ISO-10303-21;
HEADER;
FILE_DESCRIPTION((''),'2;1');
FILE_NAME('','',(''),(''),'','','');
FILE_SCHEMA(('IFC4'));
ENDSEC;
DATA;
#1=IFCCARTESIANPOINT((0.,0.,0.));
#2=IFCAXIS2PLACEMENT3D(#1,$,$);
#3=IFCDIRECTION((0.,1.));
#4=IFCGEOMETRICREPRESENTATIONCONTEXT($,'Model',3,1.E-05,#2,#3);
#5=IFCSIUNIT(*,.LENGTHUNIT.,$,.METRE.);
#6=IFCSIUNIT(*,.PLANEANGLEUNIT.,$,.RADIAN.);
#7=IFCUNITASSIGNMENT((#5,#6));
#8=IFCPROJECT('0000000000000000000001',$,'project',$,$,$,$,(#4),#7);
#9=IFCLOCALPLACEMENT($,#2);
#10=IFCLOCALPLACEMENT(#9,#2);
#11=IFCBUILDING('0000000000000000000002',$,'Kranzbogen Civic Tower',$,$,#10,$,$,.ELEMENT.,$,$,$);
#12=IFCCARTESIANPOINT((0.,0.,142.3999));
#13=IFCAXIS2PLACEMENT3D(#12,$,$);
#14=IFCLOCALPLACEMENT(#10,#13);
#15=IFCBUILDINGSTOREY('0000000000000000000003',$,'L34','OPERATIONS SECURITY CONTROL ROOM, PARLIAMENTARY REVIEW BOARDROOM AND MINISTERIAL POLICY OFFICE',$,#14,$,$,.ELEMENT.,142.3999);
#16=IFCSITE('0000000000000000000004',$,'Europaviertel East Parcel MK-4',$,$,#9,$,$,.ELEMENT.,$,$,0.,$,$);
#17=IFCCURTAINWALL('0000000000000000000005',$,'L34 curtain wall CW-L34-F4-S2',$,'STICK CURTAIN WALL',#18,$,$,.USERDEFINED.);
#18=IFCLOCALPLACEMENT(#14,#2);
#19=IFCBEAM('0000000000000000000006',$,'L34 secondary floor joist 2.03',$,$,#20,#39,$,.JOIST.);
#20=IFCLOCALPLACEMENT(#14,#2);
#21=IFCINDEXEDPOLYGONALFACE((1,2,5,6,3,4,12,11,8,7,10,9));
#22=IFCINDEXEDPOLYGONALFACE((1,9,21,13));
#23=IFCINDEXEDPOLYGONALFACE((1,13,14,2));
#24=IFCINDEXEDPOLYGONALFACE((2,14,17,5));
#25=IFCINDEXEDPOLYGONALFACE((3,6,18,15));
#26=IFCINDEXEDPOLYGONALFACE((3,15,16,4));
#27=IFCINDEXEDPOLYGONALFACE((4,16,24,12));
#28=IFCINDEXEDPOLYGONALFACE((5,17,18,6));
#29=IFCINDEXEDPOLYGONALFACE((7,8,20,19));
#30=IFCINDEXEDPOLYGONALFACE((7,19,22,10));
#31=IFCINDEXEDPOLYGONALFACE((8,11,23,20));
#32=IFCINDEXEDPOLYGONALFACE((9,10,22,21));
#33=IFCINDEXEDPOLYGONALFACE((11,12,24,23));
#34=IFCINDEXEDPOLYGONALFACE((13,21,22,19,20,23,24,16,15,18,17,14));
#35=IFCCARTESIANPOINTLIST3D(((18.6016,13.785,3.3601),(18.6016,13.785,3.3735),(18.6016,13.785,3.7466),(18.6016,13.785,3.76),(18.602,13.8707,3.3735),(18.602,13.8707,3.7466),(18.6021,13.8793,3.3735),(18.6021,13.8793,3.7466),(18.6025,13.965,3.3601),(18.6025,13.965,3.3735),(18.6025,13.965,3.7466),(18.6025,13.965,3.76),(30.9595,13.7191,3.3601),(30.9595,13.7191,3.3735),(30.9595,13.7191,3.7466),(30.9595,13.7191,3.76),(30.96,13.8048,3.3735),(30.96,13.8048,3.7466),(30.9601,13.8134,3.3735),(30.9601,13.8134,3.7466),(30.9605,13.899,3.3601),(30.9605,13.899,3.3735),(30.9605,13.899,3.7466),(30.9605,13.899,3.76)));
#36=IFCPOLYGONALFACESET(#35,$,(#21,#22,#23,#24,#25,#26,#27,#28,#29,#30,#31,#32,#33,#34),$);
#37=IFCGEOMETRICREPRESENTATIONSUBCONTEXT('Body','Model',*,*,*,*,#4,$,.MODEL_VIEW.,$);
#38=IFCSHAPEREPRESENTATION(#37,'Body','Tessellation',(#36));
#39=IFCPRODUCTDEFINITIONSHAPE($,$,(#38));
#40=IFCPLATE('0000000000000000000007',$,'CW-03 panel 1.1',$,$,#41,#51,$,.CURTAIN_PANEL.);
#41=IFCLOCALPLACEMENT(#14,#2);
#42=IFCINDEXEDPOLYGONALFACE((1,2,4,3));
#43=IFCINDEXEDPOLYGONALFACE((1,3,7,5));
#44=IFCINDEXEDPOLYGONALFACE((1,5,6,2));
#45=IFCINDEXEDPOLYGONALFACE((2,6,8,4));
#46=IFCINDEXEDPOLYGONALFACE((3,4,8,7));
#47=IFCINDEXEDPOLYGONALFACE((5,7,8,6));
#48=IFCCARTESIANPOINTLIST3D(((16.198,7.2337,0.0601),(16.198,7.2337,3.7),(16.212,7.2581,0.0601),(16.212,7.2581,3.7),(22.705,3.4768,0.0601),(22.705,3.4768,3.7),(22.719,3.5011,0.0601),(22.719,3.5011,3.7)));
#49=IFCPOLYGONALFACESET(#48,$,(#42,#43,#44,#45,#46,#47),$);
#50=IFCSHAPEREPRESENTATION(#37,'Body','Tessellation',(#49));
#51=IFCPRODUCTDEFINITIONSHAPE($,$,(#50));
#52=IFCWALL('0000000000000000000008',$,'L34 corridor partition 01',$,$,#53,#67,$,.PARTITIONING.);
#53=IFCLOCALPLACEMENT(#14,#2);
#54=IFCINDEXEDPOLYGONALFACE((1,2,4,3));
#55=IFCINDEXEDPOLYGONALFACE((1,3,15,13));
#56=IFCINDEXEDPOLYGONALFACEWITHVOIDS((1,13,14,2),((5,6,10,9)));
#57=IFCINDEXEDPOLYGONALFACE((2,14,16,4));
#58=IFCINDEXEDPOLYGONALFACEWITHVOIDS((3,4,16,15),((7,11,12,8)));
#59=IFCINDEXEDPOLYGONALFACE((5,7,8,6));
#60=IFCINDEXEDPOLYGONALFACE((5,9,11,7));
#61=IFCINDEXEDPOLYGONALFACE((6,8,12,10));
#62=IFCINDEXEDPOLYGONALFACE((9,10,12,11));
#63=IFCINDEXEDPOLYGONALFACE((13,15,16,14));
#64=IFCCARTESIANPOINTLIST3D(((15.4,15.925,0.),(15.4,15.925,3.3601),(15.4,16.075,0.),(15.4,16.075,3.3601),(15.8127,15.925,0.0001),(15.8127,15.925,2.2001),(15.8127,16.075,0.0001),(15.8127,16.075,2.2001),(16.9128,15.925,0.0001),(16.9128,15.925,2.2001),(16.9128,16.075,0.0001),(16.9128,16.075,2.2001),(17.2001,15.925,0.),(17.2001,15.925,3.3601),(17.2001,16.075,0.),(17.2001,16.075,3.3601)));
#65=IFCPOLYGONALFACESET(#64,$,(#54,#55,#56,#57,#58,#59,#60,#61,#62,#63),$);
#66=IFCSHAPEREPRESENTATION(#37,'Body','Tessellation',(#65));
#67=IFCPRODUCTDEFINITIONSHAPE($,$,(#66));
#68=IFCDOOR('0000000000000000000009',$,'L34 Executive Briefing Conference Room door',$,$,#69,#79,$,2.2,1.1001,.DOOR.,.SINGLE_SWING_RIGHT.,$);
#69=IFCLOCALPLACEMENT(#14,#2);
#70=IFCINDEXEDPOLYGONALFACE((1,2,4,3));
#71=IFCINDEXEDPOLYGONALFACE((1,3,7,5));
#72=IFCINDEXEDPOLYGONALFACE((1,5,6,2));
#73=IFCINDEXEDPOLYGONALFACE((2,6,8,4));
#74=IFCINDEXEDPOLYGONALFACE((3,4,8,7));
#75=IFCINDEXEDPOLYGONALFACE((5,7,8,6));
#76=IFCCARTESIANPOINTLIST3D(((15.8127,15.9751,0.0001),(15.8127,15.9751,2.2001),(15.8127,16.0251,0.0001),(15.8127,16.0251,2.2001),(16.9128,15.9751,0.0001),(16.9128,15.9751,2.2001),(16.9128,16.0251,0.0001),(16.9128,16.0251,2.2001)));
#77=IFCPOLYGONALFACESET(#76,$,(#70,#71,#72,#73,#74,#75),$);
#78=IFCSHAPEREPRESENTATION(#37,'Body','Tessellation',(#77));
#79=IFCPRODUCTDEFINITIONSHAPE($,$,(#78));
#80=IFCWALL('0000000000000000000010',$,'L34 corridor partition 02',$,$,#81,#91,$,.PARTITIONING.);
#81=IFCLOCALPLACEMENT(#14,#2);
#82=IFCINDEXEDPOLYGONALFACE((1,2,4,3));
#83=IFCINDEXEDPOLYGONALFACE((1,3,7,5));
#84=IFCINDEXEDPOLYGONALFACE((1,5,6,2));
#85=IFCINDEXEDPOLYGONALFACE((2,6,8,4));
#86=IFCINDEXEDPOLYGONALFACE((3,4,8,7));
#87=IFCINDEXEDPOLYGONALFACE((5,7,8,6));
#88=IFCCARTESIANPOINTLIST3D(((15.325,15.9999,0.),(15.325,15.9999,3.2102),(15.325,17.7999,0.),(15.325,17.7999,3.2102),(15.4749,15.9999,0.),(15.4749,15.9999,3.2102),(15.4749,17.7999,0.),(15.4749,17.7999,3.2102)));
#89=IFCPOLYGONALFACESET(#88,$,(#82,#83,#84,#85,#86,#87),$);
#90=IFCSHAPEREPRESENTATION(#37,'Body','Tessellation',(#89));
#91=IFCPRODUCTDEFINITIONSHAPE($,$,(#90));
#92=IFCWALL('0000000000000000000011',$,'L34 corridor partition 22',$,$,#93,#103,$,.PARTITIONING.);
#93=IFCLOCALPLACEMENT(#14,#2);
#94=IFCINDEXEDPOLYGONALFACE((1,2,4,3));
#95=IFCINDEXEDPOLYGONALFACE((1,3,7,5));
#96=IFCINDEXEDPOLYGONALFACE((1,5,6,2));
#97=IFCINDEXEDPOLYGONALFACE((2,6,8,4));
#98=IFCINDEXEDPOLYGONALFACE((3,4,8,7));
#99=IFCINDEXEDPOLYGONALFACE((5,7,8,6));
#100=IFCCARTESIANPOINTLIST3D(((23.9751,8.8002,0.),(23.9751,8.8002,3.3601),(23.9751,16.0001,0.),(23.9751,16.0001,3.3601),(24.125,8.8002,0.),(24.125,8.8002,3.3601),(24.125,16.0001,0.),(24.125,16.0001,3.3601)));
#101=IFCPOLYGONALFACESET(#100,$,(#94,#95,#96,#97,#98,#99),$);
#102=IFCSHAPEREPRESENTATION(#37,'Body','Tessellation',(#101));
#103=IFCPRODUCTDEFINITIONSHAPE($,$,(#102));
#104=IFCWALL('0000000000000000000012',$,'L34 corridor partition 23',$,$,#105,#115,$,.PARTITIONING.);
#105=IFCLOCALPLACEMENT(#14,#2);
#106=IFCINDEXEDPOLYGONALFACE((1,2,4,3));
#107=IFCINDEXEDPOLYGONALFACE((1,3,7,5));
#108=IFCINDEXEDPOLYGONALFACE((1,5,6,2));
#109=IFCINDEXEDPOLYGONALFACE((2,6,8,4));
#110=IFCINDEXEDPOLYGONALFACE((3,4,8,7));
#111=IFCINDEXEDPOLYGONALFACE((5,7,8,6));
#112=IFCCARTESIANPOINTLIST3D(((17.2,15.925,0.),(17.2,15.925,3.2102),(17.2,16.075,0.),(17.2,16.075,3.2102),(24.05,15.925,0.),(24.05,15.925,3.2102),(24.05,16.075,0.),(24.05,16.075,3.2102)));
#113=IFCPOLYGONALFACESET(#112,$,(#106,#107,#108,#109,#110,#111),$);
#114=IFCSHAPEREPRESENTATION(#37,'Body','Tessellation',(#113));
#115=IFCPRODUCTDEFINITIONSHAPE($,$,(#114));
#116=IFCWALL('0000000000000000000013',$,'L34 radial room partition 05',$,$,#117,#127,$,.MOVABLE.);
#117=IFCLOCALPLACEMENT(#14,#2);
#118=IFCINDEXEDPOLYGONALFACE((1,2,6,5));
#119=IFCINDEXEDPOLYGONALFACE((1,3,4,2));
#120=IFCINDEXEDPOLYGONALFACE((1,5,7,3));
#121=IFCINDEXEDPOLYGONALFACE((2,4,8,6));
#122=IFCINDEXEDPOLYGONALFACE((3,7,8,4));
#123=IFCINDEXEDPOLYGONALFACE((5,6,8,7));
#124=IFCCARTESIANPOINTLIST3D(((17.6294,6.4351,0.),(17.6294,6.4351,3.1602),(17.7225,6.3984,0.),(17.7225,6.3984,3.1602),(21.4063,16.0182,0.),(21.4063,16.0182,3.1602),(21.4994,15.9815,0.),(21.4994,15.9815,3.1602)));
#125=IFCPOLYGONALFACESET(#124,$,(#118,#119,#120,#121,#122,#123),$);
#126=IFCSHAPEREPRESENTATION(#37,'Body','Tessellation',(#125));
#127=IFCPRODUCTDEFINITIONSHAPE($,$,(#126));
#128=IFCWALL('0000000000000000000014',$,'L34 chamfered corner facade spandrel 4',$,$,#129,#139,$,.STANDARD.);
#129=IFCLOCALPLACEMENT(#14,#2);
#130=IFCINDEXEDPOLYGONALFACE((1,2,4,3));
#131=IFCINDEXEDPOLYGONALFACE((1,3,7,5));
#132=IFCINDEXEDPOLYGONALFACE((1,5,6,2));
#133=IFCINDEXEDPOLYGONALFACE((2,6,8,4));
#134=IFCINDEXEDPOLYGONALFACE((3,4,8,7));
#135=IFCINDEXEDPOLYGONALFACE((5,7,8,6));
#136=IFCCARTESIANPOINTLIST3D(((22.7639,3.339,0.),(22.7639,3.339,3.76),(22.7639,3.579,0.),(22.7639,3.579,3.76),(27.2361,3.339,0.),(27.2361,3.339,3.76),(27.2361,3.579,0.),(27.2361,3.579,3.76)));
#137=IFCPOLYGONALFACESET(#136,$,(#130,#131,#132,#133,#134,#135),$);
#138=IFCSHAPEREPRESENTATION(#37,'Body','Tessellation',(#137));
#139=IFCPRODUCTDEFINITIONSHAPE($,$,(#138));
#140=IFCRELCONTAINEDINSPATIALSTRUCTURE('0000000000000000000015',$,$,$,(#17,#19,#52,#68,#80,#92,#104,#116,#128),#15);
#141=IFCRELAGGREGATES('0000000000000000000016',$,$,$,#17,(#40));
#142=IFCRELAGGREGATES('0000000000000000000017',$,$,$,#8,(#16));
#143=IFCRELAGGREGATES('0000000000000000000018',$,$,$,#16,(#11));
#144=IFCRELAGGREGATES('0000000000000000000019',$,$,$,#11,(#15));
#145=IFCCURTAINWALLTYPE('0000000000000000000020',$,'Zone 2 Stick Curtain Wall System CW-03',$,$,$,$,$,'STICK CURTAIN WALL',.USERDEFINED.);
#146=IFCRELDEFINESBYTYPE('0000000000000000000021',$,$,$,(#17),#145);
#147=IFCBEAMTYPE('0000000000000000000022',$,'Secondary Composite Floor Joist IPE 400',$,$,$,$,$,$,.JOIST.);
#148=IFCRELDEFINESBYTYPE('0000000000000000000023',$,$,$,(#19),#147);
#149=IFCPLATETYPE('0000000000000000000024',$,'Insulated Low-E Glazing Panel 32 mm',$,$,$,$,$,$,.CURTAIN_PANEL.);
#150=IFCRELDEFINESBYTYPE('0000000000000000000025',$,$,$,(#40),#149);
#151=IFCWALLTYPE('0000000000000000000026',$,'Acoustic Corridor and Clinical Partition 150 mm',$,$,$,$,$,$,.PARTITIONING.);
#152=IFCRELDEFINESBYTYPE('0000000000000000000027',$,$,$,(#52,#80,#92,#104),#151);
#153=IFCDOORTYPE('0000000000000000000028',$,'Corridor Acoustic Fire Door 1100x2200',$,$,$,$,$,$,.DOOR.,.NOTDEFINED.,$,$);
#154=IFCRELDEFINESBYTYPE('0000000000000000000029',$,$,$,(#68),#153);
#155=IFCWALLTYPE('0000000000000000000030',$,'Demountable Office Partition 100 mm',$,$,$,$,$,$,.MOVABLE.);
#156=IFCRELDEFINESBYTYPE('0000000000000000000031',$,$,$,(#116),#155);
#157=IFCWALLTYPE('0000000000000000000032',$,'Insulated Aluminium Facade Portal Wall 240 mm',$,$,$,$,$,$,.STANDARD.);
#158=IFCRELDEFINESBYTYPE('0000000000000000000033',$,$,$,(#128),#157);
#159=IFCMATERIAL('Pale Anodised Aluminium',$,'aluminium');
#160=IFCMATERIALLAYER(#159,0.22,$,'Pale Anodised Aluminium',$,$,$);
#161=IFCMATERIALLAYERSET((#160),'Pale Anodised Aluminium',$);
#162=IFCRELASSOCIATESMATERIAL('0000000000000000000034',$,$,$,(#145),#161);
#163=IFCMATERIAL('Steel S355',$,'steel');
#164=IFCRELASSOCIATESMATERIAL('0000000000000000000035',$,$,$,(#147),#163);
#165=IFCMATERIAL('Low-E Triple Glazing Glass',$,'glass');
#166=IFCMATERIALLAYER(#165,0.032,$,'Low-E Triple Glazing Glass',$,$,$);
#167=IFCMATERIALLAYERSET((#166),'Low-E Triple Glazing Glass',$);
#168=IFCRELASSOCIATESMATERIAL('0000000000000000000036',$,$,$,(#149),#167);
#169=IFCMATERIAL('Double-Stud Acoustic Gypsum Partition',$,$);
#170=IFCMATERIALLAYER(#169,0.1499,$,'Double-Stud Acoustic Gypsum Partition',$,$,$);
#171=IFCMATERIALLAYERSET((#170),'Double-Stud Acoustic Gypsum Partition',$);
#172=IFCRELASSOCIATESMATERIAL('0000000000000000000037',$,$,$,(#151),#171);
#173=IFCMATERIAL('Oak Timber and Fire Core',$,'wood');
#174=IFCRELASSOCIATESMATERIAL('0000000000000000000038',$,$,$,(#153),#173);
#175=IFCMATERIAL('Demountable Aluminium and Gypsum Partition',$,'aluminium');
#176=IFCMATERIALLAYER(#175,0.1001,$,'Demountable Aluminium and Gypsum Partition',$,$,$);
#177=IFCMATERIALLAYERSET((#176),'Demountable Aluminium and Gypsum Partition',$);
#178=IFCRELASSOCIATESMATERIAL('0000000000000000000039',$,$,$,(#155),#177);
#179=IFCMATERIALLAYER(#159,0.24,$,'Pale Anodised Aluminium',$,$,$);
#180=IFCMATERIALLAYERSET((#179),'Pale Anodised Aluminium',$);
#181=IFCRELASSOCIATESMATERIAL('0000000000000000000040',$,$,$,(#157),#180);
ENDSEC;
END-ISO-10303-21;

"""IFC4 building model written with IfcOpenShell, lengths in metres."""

from ifc_helpers import new_model, si_unit, direction, frame, frame_2d, origin, origin_2d, place, context, subcontext, project, spatial, rectangle, i_section, extrude, material, layer, layer_set, material_profile, profile_set, type_object, element, fill, aggregate, save


model = new_model("IFC4")

# Units and contexts
model_context = context("Model", 3, precision=1e-05, world=origin(), true_north=direction((0.0, 1.0)))
body_context = subcontext(model_context, "Body", "Model", "MODEL_VIEW")
ifc_project = project(units=[si_unit("LENGTHUNIT", "METRE"), si_unit("PLANEANGLEUNIT", "RADIAN")], contexts=[model_context])

# Site, building, storey
site_placement = place(None, origin())
site = spatial("IfcSite", under=ifc_project, at=site_placement, Name="Europaviertel East Parcel MK-4", CompositionType="ELEMENT", RefElevation=0.0)
building_placement = place(site_placement, origin())
building = spatial("IfcBuilding", under=site, at=building_placement, Name="Kranzbogen Civic Tower", CompositionType="ELEMENT")
storey_placement = place(building_placement, frame((0.0, 0.0, 142.3999)))
storey = spatial("IfcBuildingStorey", under=building, at=storey_placement, Name="L34", Description="OPERATIONS SECURITY CONTROL ROOM, PARLIAMENTARY REVIEW BOARDROOM AND MINISTERIAL POLICY OFFICE", CompositionType="ELEMENT", Elevation=142.3999)

# Shared definitions
ifc_material_1 = material(Name="Steel S355", Category="steel")

# Curtain wall
ifc_material_2 = material(Name="Pale Anodised Aluminium", Category="aluminium")
ifc_layer_1 = layer(ifc_material_2, 0.22, Name="Pale Anodised Aluminium")
ifc_layer_set_1 = layer_set([ifc_layer_1], Name="Pale Anodised Aluminium")
curtain_wall_type = type_object("IfcCurtainWallType", Name="Zone 2 Stick Curtain Wall System CW-03", ElementType="STICK CURTAIN WALL", PredefinedType="USERDEFINED", material=ifc_layer_set_1)
curtain_wall_placement = place(storey_placement, origin())
curtain_wall = element("IfcCurtainWall", 1, at=curtain_wall_placement, inside=storey, type_object=curtain_wall_type, Name="L34 curtain wall CW-L34-F4-S2", ObjectType="STICK CURTAIN WALL", PredefinedType="USERDEFINED")

# Beam
ifc_material_profile_1 = material_profile(ifc_material_1, i_section(OverallWidth=0.1799, OverallDepth=0.3999, WebThickness=0.0085, FlangeThickness=0.0134, at=origin_2d()), Name="IPE 400")
ifc_profile_set_1 = profile_set([ifc_material_profile_1], Name="Steel S355")
beam_type_1 = type_object("IfcBeamType", Name="Secondary Composite Floor Joist IPE 400", PredefinedType="JOIST", material=ifc_profile_set_1)
beam_1_placement = place(storey_placement, frame((18.6021, 13.875, 3.5601), z_axis=(0.999986, -0.005334, 0.0), x_axis=(0.005334, 0.999986, 0.0)))
element("IfcBeam", 2, at=beam_1_placement, inside=storey, type_object=beam_type_1, Name="L34 secondary floor joist 2.03", PredefinedType="JOIST", context=body_context, shape_type="SweptSolid", body=[
    extrude(i_section(OverallWidth=0.1799, OverallDepth=0.3999, WebThickness=0.0085, FlangeThickness=0.0134, at=origin_2d()), origin(), (0.0, 0.0, 1.0), 12.3582),
])

# Plate
ifc_material_3 = material(Name="Low-E Triple Glazing Glass", Category="glass")
ifc_layer_2 = layer(ifc_material_3, 0.032, Name="Low-E Triple Glazing Glass")
ifc_layer_set_2 = layer_set([ifc_layer_2], Name="Low-E Triple Glazing Glass")
plate_type = type_object("IfcPlateType", Name="Insulated Low-E Glazing Panel 32 mm", PredefinedType="CURTAIN_PANEL", material=ifc_layer_set_2)
plate_placement = place(storey_placement, frame((19.4585, 5.3674, 0.0601), z_axis=(0.0, 0.0, 1.0), x_axis=(0.866018, -0.500013, 0.0)))
plate = element("IfcPlate", 3, at=plate_placement, type_object=plate_type, Name="CW-03 panel 1.1", PredefinedType="CURTAIN_PANEL", context=body_context, shape_type="SweptSolid", body=[
    extrude(rectangle(XDim=7.5137, YDim=0.0281, at=origin_2d()), origin(), (0.0, 0.0, 1.0), 3.6399),
])
aggregate(curtain_wall, [plate])

# Wall, opening, door
ifc_material_4 = material(Name="Double-Stud Acoustic Gypsum Partition")
ifc_layer_3 = layer(ifc_material_4, 0.1499, Name="Double-Stud Acoustic Gypsum Partition")
ifc_layer_set_3 = layer_set([ifc_layer_3], Name="Double-Stud Acoustic Gypsum Partition")
wall_type_1 = type_object("IfcWallType", Name="Acoustic Corridor and Clinical Partition 150 mm", PredefinedType="PARTITIONING", material=ifc_layer_set_3)
wall_1_placement = place(storey_placement, frame((17.2, 16.0, 0.0), z_axis=(0.0, 0.0, 1.0), x_axis=(-1.0, 0.0, 0.0)))
wall_1 = element("IfcWall", 4, at=wall_1_placement, inside=storey, type_object=wall_type_1, Name="L34 corridor partition 01", PredefinedType="PARTITIONING", context=body_context, shape_type="SweptSolid", body=[
    extrude(rectangle(XDim=1.8, YDim=0.1499, at=frame_2d((0.8999, 0.0))), origin(), (0.0, 0.0, 1.0), 3.3601),
])
opening_placement = place(wall_1_placement, frame((0.2871, 0.0, 0.0)))
opening = element("IfcOpeningElement", 5, at=opening_placement, cuts=wall_1, PredefinedType="OPENING", context=body_context, shape_type="SweptSolid", body=[
    extrude(rectangle(XDim=1.1001, YDim=2.2, at=frame_2d((0.55, 1.1001))), frame((0.0, 0.085, 0.0), z_axis=(0.0, -1.0, 0.0), x_axis=(1.0, 0.0, 0.0)), (0.0, 0.0, 1.0), 0.1699),
])
ifc_material_5 = material(Name="Oak Timber and Fire Core", Category="wood")
door_type = type_object("IfcDoorType", Name="Corridor Acoustic Fire Door 1100x2200", OperationType="NOTDEFINED", PredefinedType="DOOR", material=ifc_material_5)
door_placement = place(opening_placement, origin())
door = element("IfcDoor", 6, at=door_placement, inside=storey, type_object=door_type, Name="L34 Executive Briefing Conference Room door", OperationType="SINGLE_SWING_RIGHT", OverallHeight=2.2, OverallWidth=1.1001, PredefinedType="DOOR", context=body_context, shape_type="SweptSolid", body=[
    extrude(rectangle(XDim=1.1001, YDim=2.2, at=frame_2d((0.55, 1.1001))), frame((0.0, 0.0249, 0.0), z_axis=(0.0, -1.0, 0.0), x_axis=(1.0, 0.0, 0.0)), (0.0, 0.0, 1.0), 0.05),
])
fill(opening, door)

# Walls
wall_2_placement = place(storey_placement, frame((15.3999, 16.0, 0.0), z_axis=(0.0, 0.0, 1.0), x_axis=(0.0, 1.0, 0.0)))
element("IfcWall", 7, at=wall_2_placement, inside=storey, type_object=wall_type_1, Name="L34 corridor partition 02", PredefinedType="PARTITIONING", context=body_context, shape_type="SweptSolid", body=[
    extrude(rectangle(XDim=1.8, YDim=0.1499, at=frame_2d((0.8999, 0.0))), origin(), (0.0, 0.0, 1.0), 3.2102),
])
wall_3_placement = place(storey_placement, frame((24.05, 8.8, 0.0), z_axis=(0.0, 0.0, 1.0), x_axis=(0.0, 1.0, 0.0)))
element("IfcWall", 8, at=wall_3_placement, inside=storey, type_object=wall_type_1, Name="L34 corridor partition 22", PredefinedType="PARTITIONING", context=body_context, shape_type="SweptSolid", body=[
    extrude(rectangle(XDim=7.2, YDim=0.1499, at=frame_2d((3.6001, 0.0))), origin(), (0.0, 0.0, 1.0), 3.3601),
])
wall_4_placement = place(storey_placement, frame((24.05, 16.0, 0.0), z_axis=(0.0, 0.0, 1.0), x_axis=(-1.0, 0.0, 0.0)))
element("IfcWall", 9, at=wall_4_placement, inside=storey, type_object=wall_type_1, Name="L34 corridor partition 23", PredefinedType="PARTITIONING", context=body_context, shape_type="SweptSolid", body=[
    extrude(rectangle(XDim=6.8501, YDim=0.1499, at=frame_2d((3.425, 0.0))), origin(), (0.0, 0.0, 1.0), 3.2102),
])
ifc_material_6 = material(Name="Demountable Aluminium and Gypsum Partition", Category="aluminium")
ifc_layer_4 = layer(ifc_material_6, 0.1001, Name="Demountable Aluminium and Gypsum Partition")
ifc_layer_set_4 = layer_set([ifc_layer_4], Name="Demountable Aluminium and Gypsum Partition")
wall_type_2 = type_object("IfcWallType", Name="Demountable Office Partition 100 mm", PredefinedType="MOVABLE", material=ifc_layer_set_4)
wall_5_placement = place(storey_placement, frame((21.4529, 16.0, 0.0), z_axis=(0.0, 0.0, 1.0), x_axis=(-0.36667, -0.930351, 0.0)))
element("IfcWall", 10, at=wall_5_placement, inside=storey, type_object=wall_type_2, Name="L34 radial room partition 05", PredefinedType="MOVABLE", context=body_context, shape_type="SweptSolid", body=[
    extrude(rectangle(XDim=10.3005, YDim=0.1001, at=frame_2d((5.1504, 0.0))), origin(), (0.0, 0.0, 1.0), 3.1602),
])
ifc_layer_5 = layer(ifc_material_2, 0.24, Name="Pale Anodised Aluminium")
ifc_layer_set_5 = layer_set([ifc_layer_5], Name="Pale Anodised Aluminium")
wall_type_3 = type_object("IfcWallType", Name="Insulated Aluminium Facade Portal Wall 240 mm", PredefinedType="STANDARD", material=ifc_layer_set_5)
wall_6_placement = place(storey_placement, frame((22.7639, 3.459, 0.0), z_axis=(0.0, 0.0, 1.0), x_axis=(1.0, 0.0, 0.0)))
element("IfcWall", 11, at=wall_6_placement, inside=storey, type_object=wall_type_3, Name="L34 chamfered corner facade spandrel 4", PredefinedType="STANDARD", context=body_context, shape_type="SweptSolid", body=[
    extrude(rectangle(XDim=4.4722, YDim=0.24, at=frame_2d((2.2361, 0.0))), origin(), (0.0, 0.0, 1.0), 3.76),
])

save(model, "model.ifc")
